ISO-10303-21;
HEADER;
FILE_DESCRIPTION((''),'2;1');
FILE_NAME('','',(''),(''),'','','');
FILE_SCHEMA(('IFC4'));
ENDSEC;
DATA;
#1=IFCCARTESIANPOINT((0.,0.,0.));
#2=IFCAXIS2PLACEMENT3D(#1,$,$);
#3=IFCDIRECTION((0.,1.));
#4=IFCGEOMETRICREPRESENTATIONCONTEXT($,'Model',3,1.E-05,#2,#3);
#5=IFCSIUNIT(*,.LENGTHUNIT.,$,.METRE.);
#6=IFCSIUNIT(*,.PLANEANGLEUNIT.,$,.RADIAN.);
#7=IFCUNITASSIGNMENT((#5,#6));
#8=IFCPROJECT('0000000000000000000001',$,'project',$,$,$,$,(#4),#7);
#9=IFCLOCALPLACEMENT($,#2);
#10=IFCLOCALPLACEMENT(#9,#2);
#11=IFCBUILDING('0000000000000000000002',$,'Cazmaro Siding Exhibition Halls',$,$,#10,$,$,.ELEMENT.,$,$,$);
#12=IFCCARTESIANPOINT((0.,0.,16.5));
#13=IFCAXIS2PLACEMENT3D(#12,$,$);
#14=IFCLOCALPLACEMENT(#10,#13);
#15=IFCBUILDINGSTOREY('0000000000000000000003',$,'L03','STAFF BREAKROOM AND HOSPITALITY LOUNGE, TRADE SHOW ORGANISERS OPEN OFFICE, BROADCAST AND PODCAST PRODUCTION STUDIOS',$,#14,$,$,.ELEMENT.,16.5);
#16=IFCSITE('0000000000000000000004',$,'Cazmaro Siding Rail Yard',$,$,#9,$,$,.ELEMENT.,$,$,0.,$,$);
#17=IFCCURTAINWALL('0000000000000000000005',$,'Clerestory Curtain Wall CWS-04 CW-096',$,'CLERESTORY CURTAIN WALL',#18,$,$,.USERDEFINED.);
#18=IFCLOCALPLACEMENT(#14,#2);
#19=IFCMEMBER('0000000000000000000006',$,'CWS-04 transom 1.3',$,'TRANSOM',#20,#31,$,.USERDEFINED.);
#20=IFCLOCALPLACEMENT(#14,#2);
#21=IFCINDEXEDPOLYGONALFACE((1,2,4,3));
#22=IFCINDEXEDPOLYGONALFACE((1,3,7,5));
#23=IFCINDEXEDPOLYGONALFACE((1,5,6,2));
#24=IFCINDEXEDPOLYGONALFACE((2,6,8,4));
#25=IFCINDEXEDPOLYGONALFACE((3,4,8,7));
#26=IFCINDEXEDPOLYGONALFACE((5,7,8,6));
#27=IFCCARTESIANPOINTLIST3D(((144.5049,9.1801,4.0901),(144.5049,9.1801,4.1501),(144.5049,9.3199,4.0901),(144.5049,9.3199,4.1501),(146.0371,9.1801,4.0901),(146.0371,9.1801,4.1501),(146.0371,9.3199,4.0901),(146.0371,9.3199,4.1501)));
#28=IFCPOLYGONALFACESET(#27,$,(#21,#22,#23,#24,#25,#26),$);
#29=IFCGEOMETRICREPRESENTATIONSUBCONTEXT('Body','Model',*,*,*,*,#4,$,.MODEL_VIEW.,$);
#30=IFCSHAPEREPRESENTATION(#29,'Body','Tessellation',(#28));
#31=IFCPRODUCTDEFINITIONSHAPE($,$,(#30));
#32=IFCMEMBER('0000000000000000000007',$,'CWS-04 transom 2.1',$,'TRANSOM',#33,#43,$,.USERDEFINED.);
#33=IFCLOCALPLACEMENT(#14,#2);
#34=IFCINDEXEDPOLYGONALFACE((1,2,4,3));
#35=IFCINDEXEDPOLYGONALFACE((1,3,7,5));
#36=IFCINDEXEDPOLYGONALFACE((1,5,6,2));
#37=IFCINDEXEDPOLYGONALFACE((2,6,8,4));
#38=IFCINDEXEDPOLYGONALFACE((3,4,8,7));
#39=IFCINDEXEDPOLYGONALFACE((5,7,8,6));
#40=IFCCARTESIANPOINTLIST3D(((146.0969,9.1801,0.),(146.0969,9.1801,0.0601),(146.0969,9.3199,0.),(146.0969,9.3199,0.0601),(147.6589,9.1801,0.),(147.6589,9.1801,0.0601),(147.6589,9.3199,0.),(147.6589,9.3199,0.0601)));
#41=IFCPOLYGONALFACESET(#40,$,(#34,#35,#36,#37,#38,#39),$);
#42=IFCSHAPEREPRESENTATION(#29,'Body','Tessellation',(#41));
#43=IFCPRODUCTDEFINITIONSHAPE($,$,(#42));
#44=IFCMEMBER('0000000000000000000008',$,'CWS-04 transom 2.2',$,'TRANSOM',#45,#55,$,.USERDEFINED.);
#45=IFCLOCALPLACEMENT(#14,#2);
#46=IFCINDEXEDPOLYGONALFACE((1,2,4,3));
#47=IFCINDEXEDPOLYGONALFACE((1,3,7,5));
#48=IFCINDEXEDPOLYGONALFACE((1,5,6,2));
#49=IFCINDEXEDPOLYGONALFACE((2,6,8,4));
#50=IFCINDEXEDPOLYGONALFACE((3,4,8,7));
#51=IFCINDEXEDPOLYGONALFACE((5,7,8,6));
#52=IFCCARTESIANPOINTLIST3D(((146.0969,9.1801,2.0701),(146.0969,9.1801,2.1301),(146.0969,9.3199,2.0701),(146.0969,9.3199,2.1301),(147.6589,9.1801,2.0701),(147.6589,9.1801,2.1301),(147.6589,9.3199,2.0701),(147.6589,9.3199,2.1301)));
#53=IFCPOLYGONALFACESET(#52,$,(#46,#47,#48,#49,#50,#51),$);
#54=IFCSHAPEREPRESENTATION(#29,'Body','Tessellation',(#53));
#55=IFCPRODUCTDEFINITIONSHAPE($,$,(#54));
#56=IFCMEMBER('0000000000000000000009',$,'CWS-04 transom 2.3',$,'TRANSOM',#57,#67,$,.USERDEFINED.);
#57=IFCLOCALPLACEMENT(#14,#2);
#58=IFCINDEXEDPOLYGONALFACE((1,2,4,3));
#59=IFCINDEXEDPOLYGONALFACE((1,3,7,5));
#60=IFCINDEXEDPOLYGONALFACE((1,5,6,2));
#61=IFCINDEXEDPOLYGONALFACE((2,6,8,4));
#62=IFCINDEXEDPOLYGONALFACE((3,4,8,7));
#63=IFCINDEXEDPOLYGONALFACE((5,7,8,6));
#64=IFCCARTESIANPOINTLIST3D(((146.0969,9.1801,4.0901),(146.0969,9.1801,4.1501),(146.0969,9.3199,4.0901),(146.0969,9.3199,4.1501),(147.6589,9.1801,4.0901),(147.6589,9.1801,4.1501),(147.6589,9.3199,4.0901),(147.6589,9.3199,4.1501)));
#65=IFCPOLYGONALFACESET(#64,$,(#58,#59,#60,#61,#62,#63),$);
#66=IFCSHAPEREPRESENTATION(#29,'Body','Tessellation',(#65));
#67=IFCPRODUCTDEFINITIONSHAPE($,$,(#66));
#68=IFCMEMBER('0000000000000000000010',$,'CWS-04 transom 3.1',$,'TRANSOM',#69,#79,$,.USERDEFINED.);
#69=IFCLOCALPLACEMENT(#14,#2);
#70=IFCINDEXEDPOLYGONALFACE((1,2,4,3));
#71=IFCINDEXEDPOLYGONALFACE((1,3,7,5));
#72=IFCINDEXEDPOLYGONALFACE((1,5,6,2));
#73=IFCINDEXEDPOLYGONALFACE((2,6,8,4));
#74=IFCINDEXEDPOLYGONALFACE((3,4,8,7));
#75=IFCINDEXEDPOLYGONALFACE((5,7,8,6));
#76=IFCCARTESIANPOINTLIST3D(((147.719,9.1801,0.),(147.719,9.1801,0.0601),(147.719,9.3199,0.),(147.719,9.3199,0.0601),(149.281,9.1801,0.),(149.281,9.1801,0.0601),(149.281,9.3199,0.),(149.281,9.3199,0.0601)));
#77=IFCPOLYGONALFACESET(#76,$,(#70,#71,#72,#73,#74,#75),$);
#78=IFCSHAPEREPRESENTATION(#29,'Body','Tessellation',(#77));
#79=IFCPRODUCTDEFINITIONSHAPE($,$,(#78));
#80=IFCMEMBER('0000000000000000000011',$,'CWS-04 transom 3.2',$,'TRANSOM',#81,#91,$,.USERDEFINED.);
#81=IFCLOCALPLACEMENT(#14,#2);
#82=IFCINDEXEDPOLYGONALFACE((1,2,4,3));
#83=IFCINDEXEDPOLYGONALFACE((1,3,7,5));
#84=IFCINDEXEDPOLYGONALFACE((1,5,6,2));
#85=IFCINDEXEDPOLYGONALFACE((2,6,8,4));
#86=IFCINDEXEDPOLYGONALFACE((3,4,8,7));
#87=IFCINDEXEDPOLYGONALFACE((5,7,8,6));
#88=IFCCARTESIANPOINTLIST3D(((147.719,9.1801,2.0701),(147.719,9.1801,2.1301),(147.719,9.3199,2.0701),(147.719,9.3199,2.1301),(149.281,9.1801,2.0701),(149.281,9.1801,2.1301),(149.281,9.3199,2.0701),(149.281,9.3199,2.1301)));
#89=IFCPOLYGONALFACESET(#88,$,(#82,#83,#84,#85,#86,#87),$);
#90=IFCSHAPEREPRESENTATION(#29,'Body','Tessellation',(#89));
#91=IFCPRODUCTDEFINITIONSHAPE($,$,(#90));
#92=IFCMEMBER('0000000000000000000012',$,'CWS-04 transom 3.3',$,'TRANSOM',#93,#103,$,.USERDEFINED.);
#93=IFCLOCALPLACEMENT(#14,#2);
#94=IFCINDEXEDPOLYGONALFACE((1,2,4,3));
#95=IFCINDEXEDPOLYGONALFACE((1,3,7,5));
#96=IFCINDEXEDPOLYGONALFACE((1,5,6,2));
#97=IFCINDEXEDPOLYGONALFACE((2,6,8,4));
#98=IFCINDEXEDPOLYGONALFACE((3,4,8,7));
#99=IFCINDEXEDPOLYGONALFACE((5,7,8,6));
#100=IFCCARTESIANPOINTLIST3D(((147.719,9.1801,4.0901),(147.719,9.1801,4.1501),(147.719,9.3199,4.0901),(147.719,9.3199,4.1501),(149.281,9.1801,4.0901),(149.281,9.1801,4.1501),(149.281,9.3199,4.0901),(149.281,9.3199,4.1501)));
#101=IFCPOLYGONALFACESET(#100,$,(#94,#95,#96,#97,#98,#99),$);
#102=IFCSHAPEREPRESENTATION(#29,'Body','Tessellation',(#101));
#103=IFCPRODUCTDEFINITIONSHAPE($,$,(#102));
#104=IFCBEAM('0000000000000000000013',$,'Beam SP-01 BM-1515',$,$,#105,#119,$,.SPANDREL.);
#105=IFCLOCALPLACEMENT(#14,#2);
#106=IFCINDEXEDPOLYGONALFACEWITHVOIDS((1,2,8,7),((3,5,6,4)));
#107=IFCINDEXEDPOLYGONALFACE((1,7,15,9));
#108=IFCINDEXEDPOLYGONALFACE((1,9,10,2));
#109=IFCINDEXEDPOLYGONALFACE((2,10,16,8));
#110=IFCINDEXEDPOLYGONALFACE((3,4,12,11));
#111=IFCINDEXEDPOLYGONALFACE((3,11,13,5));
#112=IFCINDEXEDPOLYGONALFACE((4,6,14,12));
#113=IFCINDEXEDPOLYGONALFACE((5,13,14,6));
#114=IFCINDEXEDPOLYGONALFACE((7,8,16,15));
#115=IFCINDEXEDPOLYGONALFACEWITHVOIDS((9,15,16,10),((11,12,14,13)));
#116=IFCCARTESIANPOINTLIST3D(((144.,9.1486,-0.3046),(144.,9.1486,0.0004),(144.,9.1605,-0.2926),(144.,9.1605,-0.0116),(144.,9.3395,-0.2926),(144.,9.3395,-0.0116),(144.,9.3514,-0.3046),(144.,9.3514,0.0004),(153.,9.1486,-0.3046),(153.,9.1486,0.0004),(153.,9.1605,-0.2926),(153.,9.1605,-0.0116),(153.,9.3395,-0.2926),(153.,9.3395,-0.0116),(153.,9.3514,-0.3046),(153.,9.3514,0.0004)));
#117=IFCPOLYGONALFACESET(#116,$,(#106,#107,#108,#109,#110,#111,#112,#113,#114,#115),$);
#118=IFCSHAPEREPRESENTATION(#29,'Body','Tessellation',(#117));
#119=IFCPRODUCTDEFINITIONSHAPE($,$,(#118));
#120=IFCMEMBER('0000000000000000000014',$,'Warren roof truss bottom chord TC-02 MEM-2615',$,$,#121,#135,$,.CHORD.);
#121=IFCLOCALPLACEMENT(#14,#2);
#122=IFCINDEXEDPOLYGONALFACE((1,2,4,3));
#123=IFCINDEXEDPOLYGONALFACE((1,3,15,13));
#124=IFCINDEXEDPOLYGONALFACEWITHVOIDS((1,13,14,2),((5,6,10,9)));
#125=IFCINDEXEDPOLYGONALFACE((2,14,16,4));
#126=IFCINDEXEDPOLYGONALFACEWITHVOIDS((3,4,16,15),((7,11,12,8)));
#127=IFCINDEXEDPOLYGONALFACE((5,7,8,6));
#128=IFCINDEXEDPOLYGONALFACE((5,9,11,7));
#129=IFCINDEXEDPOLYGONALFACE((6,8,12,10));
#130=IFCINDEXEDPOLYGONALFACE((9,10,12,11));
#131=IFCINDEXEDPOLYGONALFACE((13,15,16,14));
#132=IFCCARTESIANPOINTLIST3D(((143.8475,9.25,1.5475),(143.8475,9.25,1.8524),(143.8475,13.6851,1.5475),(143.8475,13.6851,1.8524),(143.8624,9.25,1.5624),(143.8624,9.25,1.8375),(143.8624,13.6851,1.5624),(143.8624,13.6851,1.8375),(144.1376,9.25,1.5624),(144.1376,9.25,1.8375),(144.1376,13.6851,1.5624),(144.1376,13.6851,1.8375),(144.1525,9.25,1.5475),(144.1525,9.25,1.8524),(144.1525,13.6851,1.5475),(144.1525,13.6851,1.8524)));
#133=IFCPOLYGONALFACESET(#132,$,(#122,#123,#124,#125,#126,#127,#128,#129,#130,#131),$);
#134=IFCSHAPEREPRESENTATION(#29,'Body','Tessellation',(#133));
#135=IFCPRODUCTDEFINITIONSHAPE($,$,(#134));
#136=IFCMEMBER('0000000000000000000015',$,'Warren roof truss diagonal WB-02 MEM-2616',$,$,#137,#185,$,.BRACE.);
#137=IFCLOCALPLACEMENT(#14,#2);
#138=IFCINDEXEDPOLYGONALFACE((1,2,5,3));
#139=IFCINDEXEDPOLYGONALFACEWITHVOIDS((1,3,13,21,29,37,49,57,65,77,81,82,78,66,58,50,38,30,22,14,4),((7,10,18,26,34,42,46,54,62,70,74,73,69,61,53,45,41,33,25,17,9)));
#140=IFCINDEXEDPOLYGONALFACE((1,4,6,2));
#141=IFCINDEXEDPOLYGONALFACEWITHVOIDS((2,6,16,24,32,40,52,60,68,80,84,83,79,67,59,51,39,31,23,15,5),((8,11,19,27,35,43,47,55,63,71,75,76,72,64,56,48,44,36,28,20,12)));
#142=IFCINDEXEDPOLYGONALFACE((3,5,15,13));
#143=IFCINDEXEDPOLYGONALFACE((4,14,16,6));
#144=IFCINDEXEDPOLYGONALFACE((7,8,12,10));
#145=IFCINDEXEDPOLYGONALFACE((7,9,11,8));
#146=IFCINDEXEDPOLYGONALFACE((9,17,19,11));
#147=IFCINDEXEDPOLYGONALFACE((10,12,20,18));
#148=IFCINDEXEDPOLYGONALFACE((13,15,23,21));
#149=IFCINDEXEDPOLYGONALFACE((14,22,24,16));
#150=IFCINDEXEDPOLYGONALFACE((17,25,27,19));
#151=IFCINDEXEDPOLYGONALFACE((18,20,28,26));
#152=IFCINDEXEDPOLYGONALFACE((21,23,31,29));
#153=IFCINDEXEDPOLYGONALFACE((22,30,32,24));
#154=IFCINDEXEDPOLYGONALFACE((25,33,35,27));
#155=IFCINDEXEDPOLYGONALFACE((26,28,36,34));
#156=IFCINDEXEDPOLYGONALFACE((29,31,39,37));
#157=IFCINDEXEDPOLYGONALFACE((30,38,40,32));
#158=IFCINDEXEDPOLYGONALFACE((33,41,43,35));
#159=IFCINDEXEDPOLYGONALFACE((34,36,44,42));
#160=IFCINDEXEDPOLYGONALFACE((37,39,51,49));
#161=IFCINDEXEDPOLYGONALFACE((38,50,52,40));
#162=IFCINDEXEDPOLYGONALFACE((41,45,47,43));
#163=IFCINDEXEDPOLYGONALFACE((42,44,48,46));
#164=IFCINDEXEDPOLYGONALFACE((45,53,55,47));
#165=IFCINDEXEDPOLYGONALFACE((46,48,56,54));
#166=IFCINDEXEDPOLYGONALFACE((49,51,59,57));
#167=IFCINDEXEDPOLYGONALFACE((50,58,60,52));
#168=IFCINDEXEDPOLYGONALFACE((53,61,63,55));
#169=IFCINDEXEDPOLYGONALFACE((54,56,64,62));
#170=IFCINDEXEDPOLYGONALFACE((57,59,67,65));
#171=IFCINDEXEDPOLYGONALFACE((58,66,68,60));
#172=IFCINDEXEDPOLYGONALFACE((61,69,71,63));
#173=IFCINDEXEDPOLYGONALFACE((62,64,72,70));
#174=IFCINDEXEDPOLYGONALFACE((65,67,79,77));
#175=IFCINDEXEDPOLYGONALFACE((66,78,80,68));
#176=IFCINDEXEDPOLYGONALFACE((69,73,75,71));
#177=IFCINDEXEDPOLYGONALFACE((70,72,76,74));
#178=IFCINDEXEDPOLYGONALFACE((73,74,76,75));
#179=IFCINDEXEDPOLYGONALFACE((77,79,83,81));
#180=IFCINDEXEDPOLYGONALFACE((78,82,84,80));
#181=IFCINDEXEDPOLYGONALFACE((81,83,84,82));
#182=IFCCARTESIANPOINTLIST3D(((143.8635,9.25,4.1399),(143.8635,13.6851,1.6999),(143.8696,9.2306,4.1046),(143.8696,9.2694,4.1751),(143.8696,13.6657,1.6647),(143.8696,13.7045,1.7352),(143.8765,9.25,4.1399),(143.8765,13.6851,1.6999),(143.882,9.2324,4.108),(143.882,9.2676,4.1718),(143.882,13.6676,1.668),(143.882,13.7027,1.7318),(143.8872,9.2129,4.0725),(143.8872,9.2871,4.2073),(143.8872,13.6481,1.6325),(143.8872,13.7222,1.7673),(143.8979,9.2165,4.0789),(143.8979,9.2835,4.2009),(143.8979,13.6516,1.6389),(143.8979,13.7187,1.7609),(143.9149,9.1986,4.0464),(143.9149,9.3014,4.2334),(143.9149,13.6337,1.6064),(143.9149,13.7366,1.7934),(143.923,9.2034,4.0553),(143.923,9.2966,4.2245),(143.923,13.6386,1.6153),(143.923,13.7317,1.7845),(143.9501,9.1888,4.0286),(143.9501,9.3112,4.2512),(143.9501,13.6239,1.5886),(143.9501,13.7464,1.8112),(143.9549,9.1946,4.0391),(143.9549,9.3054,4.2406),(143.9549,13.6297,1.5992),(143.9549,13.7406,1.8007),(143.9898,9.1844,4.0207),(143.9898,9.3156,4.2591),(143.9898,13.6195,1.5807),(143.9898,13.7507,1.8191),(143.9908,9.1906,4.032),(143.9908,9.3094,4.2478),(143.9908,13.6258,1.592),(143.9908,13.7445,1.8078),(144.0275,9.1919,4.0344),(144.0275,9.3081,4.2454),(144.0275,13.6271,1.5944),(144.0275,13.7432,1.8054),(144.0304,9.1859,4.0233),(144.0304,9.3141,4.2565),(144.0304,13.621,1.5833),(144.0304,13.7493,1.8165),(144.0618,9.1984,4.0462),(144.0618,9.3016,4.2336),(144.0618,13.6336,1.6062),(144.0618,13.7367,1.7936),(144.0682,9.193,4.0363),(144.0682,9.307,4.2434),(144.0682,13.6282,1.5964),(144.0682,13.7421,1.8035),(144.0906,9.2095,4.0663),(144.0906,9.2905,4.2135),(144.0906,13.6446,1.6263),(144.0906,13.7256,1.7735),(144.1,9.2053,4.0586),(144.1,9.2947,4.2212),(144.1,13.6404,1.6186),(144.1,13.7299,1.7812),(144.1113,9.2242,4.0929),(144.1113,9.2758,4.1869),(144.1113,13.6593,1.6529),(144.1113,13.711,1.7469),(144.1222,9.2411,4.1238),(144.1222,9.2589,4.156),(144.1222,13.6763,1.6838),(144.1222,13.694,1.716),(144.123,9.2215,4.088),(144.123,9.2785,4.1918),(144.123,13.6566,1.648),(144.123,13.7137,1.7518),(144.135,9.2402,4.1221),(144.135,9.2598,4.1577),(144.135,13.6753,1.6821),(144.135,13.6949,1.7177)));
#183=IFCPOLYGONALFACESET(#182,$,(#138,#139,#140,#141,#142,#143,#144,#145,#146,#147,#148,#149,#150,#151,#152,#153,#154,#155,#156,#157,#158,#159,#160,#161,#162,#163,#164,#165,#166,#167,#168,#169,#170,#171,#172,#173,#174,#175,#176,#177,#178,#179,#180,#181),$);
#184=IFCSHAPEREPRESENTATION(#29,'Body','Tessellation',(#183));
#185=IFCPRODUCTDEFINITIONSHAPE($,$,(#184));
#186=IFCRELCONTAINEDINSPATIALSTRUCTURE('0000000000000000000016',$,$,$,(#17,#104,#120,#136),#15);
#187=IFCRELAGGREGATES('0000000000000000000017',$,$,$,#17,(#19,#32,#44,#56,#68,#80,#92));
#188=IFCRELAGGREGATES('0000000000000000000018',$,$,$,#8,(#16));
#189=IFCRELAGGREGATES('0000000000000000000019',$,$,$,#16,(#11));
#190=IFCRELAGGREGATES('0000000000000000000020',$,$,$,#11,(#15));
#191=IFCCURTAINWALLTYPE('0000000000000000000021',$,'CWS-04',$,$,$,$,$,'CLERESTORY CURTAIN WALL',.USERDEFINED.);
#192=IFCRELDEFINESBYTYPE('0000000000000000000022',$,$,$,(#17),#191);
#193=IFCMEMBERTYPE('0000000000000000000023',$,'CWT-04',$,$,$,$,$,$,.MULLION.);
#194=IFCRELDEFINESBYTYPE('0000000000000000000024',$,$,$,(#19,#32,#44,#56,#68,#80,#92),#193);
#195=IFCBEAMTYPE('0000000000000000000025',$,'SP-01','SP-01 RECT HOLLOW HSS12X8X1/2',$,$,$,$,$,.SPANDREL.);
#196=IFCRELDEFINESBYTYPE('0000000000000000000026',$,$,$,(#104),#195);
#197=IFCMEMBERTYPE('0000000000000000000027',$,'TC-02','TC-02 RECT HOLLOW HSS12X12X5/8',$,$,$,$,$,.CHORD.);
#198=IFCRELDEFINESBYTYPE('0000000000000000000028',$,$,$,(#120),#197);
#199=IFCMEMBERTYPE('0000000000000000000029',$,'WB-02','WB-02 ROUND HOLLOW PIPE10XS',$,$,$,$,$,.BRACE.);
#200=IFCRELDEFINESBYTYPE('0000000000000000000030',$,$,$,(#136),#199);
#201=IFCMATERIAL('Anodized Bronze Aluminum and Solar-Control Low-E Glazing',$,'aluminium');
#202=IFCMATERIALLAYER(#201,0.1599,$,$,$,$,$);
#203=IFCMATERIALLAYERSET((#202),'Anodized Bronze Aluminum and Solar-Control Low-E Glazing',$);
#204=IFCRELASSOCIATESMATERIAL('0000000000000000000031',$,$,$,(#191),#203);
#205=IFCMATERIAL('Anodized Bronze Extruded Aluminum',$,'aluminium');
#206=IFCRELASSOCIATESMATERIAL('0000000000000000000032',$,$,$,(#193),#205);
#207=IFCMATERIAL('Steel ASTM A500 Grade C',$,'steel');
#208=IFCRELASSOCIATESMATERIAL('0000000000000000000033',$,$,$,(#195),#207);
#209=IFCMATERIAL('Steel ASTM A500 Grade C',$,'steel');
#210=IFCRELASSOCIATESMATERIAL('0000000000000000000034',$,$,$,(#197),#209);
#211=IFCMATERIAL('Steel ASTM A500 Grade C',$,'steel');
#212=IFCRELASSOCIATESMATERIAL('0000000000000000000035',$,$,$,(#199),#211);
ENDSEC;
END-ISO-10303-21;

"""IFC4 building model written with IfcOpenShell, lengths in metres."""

from ifc_helpers import new_model, si_unit, direction, frame, origin, origin_2d, place, context, subcontext, project, spatial, rectangle, hollow_rectangle, hollow_circle, extrude, material, layer, layer_set, material_profile, profile_set, type_object, element, aggregate, save


model = new_model("IFC4")

# Units and contexts
model_context = context("Model", 3, precision=1e-05, world=origin(), true_north=direction((0.0, 1.0)))
body_context = subcontext(model_context, "Body", "Model", "MODEL_VIEW")
ifc_project = project(units=[si_unit("LENGTHUNIT", "METRE"), si_unit("PLANEANGLEUNIT", "RADIAN")], contexts=[model_context])

# Site, building, storey
site_placement = place(None, origin())
site = spatial("IfcSite", under=ifc_project, at=site_placement, Name="Cazmaro Siding Rail Yard", CompositionType="ELEMENT", RefElevation=0.0)
building_placement = place(site_placement, origin())
building = spatial("IfcBuilding", under=site, at=building_placement, Name="Cazmaro Siding Exhibition Halls", CompositionType="ELEMENT")
storey_placement = place(building_placement, frame((0.0, 0.0, 16.5)))
storey = spatial("IfcBuildingStorey", under=building, at=storey_placement, Name="L03", Description="STAFF BREAKROOM AND HOSPITALITY LOUNGE, TRADE SHOW ORGANISERS OPEN OFFICE, BROADCAST AND PODCAST PRODUCTION STUDIOS", CompositionType="ELEMENT", Elevation=16.5)

# Curtain wall
ifc_material_1 = material(Name="Anodized Bronze Aluminum and Solar-Control Low-E Glazing", Category="aluminium")
ifc_layer_1 = layer(ifc_material_1, 0.1599)
ifc_layer_set_1 = layer_set([ifc_layer_1], Name="Anodized Bronze Aluminum and Solar-Control Low-E Glazing")
curtain_wall_type = type_object("IfcCurtainWallType", Name="CWS-04", ElementType="CLERESTORY CURTAIN WALL", PredefinedType="USERDEFINED", material=ifc_layer_set_1)
curtain_wall_1_placement = place(storey_placement, origin())
curtain_wall_1 = element("IfcCurtainWall", 1, at=curtain_wall_1_placement, inside=storey, type_object=curtain_wall_type, Name="Clerestory Curtain Wall CWS-04 CW-096", ObjectType="CLERESTORY CURTAIN WALL", PredefinedType="USERDEFINED")

# Members
ifc_material_2 = material(Name="Anodized Bronze Extruded Aluminum", Category="aluminium")
ifc_material_profile_1 = material_profile(ifc_material_2, rectangle(XDim=0.1399, YDim=0.0601, at=origin_2d()), Name="CWT-04")
ifc_profile_set_1 = profile_set([ifc_material_profile_1], Name="Anodized Bronze Extruded Aluminum")
member_type_1 = type_object("IfcMemberType", Name="CWT-04", PredefinedType="MULLION", material=ifc_profile_set_1)
member_1_placement = place(storey_placement, frame((144.5049, 9.25, 4.1201), z_axis=(1.0, 0.0, 0.0), x_axis=(0.0, 1.0, 0.0)))
member_1 = element("IfcMember", 2, at=member_1_placement, type_object=member_type_1, Name="CWS-04 transom 1.3", ObjectType="TRANSOM", PredefinedType="USERDEFINED", context=body_context, shape_type="SweptSolid", body=[
    extrude(rectangle(XDim=0.1399, YDim=0.0601, at=origin_2d()), origin(), (0.0, 0.0, 1.0), 1.5322),
])
member_2_placement = place(storey_placement, frame((146.0969, 9.25, 0.03), z_axis=(1.0, 0.0, 0.0), x_axis=(0.0, 1.0, 0.0)))
member_2 = element("IfcMember", 3, at=member_2_placement, type_object=member_type_1, Name="CWS-04 transom 2.1", ObjectType="TRANSOM", PredefinedType="USERDEFINED", context=body_context, shape_type="SweptSolid", body=[
    extrude(rectangle(XDim=0.1399, YDim=0.0601, at=origin_2d()), origin(), (0.0, 0.0, 1.0), 1.562),
])
member_3_placement = place(storey_placement, frame((146.0969, 9.25, 2.1001), z_axis=(1.0, 0.0, 0.0), x_axis=(0.0, 1.0, 0.0)))
member_3 = element("IfcMember", 4, at=member_3_placement, type_object=member_type_1, Name="CWS-04 transom 2.2", ObjectType="TRANSOM", PredefinedType="USERDEFINED", context=body_context, shape_type="SweptSolid", body=[
    extrude(rectangle(XDim=0.1399, YDim=0.0601, at=origin_2d()), origin(), (0.0, 0.0, 1.0), 1.562),
])
member_4_placement = place(storey_placement, frame((146.0969, 9.25, 4.1201), z_axis=(1.0, 0.0, 0.0), x_axis=(0.0, 1.0, 0.0)))
member_4 = element("IfcMember", 5, at=member_4_placement, type_object=member_type_1, Name="CWS-04 transom 2.3", ObjectType="TRANSOM", PredefinedType="USERDEFINED", context=body_context, shape_type="SweptSolid", body=[
    extrude(rectangle(XDim=0.1399, YDim=0.0601, at=origin_2d()), origin(), (0.0, 0.0, 1.0), 1.562),
])
member_5_placement = place(storey_placement, frame((147.719, 9.25, 0.03), z_axis=(1.0, 0.0, 0.0), x_axis=(0.0, 1.0, 0.0)))
member_5 = element("IfcMember", 6, at=member_5_placement, type_object=member_type_1, Name="CWS-04 transom 3.1", ObjectType="TRANSOM", PredefinedType="USERDEFINED", context=body_context, shape_type="SweptSolid", body=[
    extrude(rectangle(XDim=0.1399, YDim=0.0601, at=origin_2d()), origin(), (0.0, 0.0, 1.0), 1.562),
])
member_6_placement = place(storey_placement, frame((147.719, 9.25, 2.1001), z_axis=(1.0, 0.0, 0.0), x_axis=(0.0, 1.0, 0.0)))
member_6 = element("IfcMember", 7, at=member_6_placement, type_object=member_type_1, Name="CWS-04 transom 3.2", ObjectType="TRANSOM", PredefinedType="USERDEFINED", context=body_context, shape_type="SweptSolid", body=[
    extrude(rectangle(XDim=0.1399, YDim=0.0601, at=origin_2d()), origin(), (0.0, 0.0, 1.0), 1.562),
])
member_7_placement = place(storey_placement, frame((147.719, 9.25, 4.1201), z_axis=(1.0, 0.0, 0.0), x_axis=(0.0, 1.0, 0.0)))
member_7 = element("IfcMember", 8, at=member_7_placement, type_object=member_type_1, Name="CWS-04 transom 3.3", ObjectType="TRANSOM", PredefinedType="USERDEFINED", context=body_context, shape_type="SweptSolid", body=[
    extrude(rectangle(XDim=0.1399, YDim=0.0601, at=origin_2d()), origin(), (0.0, 0.0, 1.0), 1.562),
])

# Beam
ifc_material_3 = material(Name="Steel ASTM A500 Grade C", Category="steel")
ifc_material_profile_2 = material_profile(ifc_material_3, hollow_rectangle(XDim=0.2029, YDim=0.3049, WallThickness=0.012, at=origin_2d()), Name="HSS12X8X1/2")
ifc_profile_set_2 = profile_set([ifc_material_profile_2], Name="Steel ASTM A500 Grade C")
beam_type = type_object("IfcBeamType", Name="SP-01", Description="SP-01 RECT HOLLOW HSS12X8X1/2", PredefinedType="SPANDREL", material=ifc_profile_set_2)
beam_placement = place(storey_placement, frame((144.0, 9.25, -0.1521), z_axis=(1.0, 0.0, 0.0), x_axis=(0.0, 1.0, 0.0)))
element("IfcBeam", 9, at=beam_placement, inside=storey, type_object=beam_type, Name="Beam SP-01 BM-1515", PredefinedType="SPANDREL", context=body_context, shape_type="SweptSolid", body=[
    extrude(hollow_rectangle(XDim=0.2029, YDim=0.3049, WallThickness=0.012, at=origin_2d()), origin(), (0.0, 0.0, 1.0), 9.0),
])

# Members
ifc_material_4 = material(Name="Steel ASTM A500 Grade C", Category="steel")
ifc_material_profile_3 = material_profile(ifc_material_4, hollow_rectangle(XDim=0.3049, YDim=0.3049, WallThickness=0.0149, at=origin_2d()), Name="HSS12X12X5/8")
ifc_profile_set_3 = profile_set([ifc_material_profile_3], Name="Steel ASTM A500 Grade C")
member_type_2 = type_object("IfcMemberType", Name="TC-02", Description="TC-02 RECT HOLLOW HSS12X12X5/8", PredefinedType="CHORD", material=ifc_profile_set_3)
member_8_placement = place(storey_placement, frame((144.0, 9.25, 1.7), z_axis=(0.0, 1.0, 0.0), x_axis=(-1.0, 0.0, 0.0)))
element("IfcMember", 10, at=member_8_placement, inside=storey, type_object=member_type_2, Name="Warren roof truss bottom chord TC-02 MEM-2615", PredefinedType="CHORD", context=body_context, shape_type="SweptSolid", body=[
    extrude(hollow_rectangle(XDim=0.3049, YDim=0.3049, WallThickness=0.0149, at=origin_2d()), origin(), (0.0, 0.0, 1.0), 4.4351),
])
ifc_material_5 = material(Name="Steel ASTM A500 Grade C", Category="steel")
ifc_material_profile_4 = material_profile(ifc_material_5, hollow_circle(Radius=0.1365, WallThickness=0.0129, at=origin_2d()), Name="PIPE10XS")
ifc_profile_set_4 = profile_set([ifc_material_profile_4], Name="Steel ASTM A500 Grade C")
member_type_3 = type_object("IfcMemberType", Name="WB-02", Description="WB-02 ROUND HOLLOW PIPE10XS", PredefinedType="BRACE", material=ifc_profile_set_4)
member_9_placement = place(storey_placement, frame((144.0, 9.25, 4.1399), z_axis=(0.0, 0.876161, -0.482019), x_axis=(-1.0, 0.0, 0.0)))
element("IfcMember", 11, at=member_9_placement, inside=storey, type_object=member_type_3, Name="Warren roof truss diagonal WB-02 MEM-2616", PredefinedType="BRACE", context=body_context, shape_type="SweptSolid", body=[
    extrude(hollow_circle(Radius=0.1365, WallThickness=0.0129, at=origin_2d()), origin(), (0.0, 0.0, 1.0), 5.062),
])

aggregate(curtain_wall_1, [member_1, member_2, member_3, member_4, member_5, member_6, member_7])

save(model, "model.ifc")
